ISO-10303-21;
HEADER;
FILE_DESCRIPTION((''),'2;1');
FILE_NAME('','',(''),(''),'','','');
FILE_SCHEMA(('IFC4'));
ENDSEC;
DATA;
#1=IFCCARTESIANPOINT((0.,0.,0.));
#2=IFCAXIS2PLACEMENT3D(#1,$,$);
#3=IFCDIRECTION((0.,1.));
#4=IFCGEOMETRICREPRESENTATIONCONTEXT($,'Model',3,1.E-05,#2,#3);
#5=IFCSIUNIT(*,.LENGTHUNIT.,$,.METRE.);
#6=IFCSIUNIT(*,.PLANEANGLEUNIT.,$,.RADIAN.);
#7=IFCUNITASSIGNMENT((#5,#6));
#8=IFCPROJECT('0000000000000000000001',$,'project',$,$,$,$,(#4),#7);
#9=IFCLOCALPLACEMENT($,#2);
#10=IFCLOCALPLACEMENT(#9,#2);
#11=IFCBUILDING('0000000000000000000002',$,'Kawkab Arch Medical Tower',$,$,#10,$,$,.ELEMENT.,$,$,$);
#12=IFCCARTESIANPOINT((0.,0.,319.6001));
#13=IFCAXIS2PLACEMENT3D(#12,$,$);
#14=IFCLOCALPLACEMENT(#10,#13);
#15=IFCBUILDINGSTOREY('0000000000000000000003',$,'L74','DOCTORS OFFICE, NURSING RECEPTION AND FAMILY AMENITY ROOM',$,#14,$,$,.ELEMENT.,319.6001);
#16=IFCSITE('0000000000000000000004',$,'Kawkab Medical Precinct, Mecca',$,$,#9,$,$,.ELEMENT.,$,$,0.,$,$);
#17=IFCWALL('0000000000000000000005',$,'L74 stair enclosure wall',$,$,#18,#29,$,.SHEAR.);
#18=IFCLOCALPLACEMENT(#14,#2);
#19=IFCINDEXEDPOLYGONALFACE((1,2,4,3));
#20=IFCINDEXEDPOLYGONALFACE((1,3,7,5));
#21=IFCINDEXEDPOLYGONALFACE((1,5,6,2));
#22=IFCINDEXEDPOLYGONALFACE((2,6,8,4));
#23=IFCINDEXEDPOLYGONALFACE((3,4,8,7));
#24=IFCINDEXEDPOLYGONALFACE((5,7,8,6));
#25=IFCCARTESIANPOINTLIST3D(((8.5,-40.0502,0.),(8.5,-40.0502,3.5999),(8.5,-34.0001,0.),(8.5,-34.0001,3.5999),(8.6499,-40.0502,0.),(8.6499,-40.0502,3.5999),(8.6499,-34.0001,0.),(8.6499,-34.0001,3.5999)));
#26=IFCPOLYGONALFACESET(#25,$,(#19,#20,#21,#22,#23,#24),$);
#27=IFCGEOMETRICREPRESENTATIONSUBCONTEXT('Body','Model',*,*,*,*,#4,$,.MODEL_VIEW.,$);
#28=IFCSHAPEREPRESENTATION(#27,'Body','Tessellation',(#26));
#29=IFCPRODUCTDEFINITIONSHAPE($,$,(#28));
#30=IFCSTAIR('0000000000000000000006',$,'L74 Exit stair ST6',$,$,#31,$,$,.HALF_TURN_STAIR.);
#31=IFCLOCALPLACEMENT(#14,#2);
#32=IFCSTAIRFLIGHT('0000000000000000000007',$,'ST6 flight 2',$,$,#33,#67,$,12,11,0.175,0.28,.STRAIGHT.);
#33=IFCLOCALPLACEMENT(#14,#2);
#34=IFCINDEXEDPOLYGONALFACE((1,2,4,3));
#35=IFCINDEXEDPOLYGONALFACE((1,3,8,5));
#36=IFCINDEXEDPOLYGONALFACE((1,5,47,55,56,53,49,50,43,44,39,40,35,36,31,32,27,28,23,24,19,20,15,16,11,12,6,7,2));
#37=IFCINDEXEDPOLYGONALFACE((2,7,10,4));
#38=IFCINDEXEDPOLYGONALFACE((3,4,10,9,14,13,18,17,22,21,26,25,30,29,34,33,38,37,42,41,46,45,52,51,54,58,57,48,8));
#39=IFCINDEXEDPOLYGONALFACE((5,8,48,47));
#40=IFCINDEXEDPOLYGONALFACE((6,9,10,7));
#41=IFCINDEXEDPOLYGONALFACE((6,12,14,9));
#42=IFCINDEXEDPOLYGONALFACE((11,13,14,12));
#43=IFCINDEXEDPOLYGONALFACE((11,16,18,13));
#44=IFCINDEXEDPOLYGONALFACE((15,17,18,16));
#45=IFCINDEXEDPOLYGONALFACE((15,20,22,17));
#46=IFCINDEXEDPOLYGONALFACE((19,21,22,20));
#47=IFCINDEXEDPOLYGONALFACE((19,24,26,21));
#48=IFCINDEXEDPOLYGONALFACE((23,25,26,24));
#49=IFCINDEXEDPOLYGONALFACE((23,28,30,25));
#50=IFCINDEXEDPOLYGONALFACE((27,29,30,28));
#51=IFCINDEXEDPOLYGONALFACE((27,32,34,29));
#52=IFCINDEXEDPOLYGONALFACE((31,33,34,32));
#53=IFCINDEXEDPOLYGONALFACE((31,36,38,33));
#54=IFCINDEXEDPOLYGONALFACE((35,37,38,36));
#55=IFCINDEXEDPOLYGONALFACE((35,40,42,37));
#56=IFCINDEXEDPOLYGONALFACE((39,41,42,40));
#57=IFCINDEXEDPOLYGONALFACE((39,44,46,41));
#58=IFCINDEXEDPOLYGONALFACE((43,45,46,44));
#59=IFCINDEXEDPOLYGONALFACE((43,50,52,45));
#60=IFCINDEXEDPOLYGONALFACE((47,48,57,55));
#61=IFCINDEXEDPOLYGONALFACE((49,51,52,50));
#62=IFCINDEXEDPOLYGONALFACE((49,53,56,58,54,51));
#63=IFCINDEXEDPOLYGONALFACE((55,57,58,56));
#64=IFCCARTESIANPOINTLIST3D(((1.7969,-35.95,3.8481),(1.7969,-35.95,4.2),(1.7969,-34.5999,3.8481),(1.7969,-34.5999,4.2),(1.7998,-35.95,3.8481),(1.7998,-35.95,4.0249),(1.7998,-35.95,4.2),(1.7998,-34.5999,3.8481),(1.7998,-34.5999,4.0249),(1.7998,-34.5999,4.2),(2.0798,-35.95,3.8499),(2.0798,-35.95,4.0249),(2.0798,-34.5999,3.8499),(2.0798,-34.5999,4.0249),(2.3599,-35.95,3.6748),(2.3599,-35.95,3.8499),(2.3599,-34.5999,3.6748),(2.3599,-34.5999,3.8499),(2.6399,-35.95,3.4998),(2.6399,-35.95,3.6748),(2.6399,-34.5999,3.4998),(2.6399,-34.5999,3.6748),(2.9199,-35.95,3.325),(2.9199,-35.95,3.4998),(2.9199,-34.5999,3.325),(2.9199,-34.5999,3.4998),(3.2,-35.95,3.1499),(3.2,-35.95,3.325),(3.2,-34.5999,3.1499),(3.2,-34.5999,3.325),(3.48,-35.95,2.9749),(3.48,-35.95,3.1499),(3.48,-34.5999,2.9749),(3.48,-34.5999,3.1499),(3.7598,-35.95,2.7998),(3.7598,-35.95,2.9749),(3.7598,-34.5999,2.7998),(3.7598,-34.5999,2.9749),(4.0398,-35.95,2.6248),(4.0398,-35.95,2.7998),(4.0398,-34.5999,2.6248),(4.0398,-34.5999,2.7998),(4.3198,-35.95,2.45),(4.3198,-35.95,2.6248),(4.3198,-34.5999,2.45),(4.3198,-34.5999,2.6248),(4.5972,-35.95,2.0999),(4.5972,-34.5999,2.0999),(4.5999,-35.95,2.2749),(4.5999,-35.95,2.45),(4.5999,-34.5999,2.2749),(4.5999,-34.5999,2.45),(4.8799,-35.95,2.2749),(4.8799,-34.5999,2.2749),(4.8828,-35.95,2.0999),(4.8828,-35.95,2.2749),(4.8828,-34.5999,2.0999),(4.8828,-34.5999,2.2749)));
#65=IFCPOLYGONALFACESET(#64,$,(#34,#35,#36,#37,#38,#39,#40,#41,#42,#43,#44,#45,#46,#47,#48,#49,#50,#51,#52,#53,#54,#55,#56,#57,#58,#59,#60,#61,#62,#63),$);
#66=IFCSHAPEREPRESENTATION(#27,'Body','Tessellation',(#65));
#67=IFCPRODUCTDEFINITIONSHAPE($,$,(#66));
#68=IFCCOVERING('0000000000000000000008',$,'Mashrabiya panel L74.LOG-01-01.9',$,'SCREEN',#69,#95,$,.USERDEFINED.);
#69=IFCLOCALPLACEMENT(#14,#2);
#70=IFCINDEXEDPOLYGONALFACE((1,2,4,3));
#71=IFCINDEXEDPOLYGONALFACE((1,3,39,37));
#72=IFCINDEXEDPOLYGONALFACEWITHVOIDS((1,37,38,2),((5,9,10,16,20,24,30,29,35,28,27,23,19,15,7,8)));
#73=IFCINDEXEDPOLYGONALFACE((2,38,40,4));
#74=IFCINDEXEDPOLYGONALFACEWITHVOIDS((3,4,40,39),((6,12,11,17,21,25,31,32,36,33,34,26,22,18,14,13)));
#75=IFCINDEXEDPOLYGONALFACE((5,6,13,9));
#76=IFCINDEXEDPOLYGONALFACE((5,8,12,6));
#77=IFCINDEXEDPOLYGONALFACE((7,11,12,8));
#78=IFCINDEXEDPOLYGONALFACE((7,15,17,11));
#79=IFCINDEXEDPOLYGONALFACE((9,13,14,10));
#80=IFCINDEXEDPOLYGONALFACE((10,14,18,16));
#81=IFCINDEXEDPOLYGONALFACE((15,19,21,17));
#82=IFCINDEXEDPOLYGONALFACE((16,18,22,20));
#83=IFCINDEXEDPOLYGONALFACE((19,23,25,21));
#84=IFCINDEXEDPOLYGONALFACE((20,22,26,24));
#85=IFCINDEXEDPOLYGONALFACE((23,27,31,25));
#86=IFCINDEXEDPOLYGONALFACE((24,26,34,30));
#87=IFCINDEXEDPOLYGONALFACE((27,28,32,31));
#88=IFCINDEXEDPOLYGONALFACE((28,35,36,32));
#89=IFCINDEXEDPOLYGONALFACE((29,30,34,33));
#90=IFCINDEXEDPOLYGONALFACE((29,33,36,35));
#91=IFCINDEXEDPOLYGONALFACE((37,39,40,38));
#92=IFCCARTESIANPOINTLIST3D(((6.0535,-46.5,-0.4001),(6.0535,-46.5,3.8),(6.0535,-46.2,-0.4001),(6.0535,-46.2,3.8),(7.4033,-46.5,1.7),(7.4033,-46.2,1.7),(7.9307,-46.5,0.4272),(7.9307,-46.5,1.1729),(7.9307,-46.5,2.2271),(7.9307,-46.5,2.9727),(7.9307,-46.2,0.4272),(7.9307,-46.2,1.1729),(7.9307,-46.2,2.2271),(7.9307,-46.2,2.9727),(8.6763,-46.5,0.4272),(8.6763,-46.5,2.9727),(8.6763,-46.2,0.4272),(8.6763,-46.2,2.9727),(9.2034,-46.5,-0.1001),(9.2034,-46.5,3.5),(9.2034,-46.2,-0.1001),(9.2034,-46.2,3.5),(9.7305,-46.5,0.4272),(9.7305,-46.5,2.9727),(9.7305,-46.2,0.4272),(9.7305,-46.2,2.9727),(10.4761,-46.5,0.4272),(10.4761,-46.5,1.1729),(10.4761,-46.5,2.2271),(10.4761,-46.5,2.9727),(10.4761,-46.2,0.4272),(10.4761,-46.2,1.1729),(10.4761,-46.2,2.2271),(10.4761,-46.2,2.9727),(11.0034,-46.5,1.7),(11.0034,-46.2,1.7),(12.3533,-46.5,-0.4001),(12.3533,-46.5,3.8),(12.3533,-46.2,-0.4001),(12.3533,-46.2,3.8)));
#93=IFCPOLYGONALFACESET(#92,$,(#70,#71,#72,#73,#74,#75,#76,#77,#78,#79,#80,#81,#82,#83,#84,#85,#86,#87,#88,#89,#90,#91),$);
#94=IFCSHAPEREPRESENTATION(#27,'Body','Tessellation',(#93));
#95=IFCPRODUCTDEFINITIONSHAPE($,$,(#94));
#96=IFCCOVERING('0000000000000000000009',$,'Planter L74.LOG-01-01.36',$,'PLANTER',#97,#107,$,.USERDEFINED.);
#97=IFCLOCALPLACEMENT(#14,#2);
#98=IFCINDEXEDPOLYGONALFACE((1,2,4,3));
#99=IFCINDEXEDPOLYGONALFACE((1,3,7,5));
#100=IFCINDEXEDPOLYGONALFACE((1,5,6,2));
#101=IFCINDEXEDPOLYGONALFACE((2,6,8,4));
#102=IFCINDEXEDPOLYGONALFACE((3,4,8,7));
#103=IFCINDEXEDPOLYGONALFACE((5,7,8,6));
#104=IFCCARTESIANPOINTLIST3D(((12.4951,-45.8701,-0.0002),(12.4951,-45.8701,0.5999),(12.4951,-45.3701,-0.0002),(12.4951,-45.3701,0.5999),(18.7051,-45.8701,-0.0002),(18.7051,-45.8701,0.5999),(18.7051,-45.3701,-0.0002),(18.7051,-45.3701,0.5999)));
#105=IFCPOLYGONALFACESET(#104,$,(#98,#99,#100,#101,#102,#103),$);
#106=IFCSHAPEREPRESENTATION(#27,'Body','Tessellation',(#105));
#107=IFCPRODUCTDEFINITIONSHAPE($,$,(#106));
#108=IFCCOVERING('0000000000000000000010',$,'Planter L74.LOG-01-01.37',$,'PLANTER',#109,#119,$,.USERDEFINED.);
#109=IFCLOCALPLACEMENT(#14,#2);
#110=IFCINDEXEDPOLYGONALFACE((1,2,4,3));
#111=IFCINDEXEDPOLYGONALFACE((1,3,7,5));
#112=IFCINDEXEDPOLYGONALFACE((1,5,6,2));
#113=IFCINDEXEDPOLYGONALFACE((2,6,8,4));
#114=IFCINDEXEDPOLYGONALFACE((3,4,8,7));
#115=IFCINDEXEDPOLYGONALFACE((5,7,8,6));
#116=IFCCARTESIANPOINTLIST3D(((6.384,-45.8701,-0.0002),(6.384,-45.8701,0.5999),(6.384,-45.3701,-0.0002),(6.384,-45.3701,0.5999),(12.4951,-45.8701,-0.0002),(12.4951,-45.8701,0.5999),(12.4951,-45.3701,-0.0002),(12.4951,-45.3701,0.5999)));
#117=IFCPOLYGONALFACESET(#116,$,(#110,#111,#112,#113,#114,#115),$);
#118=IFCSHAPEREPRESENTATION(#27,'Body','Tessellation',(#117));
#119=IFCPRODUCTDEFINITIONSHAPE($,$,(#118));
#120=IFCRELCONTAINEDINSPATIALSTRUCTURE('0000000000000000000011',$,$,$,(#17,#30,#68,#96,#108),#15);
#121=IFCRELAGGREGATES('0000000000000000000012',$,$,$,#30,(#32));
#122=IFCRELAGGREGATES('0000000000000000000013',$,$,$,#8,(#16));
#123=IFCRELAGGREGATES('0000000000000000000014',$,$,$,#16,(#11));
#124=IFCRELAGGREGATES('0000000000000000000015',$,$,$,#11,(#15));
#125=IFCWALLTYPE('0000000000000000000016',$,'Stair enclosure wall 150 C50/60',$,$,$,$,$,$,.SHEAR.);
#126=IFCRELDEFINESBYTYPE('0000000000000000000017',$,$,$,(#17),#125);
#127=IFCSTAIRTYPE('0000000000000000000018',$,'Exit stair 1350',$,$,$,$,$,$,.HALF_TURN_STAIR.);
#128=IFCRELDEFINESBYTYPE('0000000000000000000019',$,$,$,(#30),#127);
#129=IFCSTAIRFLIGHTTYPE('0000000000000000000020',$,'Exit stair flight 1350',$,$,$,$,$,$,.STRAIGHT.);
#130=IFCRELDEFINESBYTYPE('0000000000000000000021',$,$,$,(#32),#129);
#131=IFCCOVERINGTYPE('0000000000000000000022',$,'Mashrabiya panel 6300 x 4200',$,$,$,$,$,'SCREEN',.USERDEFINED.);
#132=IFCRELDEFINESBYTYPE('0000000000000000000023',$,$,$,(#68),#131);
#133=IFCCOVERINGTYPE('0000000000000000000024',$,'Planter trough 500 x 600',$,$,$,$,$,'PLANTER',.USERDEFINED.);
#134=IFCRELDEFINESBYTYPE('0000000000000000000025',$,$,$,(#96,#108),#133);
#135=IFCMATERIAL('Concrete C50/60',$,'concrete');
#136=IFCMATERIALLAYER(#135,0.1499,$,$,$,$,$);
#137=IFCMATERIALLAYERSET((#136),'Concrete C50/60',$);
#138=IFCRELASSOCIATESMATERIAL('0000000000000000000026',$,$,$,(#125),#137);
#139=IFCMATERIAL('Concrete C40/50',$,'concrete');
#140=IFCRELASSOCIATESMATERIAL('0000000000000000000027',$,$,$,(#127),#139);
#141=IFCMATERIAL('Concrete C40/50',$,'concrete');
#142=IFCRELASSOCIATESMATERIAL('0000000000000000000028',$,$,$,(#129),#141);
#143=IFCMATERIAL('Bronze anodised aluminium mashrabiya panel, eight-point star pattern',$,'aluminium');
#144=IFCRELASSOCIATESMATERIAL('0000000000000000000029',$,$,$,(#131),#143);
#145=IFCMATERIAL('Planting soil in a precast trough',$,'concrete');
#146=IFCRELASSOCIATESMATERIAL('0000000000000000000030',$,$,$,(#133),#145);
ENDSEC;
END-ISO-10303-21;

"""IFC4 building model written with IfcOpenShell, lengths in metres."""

from ifc_helpers import new_model, si_unit, direction, frame, frame_2d, origin, origin_2d, place, context, subcontext, project, spatial, polyline, rectangle, outline, extrude, material, layer, layer_set, material_profile, profile_set, type_object, element, aggregate, save


model = new_model("IFC4")

# Units and contexts
model_context = context("Model", 3, precision=1e-05, world=origin(), true_north=direction((0.0, 1.0)))
body_context = subcontext(model_context, "Body", "Model", "MODEL_VIEW")
ifc_project = project(units=[si_unit("LENGTHUNIT", "METRE"), si_unit("PLANEANGLEUNIT", "RADIAN")], contexts=[model_context])

# Site, building, storey
site_placement = place(None, origin())
site = spatial("IfcSite", under=ifc_project, at=site_placement, Name="Kawkab Medical Precinct, Mecca", CompositionType="ELEMENT", RefElevation=0.0)
building_placement = place(site_placement, origin())
building = spatial("IfcBuilding", under=site, at=building_placement, Name="Kawkab Arch Medical Tower", CompositionType="ELEMENT")
storey_placement = place(building_placement, frame((0.0, 0.0, 319.6001)))
storey = spatial("IfcBuildingStorey", under=building, at=storey_placement, Name="L74", Description="DOCTORS OFFICE, NURSING RECEPTION AND FAMILY AMENITY ROOM", CompositionType="ELEMENT", Elevation=319.6001)

# Shared definitions
placement = place(storey_placement, origin())

# Wall
ifc_material_1 = material(Name="Concrete C50/60", Category="concrete")
ifc_layer_1 = layer(ifc_material_1, 0.1499)
ifc_layer_set_1 = layer_set([ifc_layer_1], Name="Concrete C50/60")
wall_type_1 = type_object("IfcWallType", Name="Stair enclosure wall 150 C50/60", PredefinedType="SHEAR", material=ifc_layer_set_1)
wall_1_placement = place(storey_placement, frame((8.575, -40.05, 0.0), z_axis=(0.0, 0.0, 1.0), x_axis=(0.0, 1.0, 0.0)))
element("IfcWall", 1, at=wall_1_placement, inside=storey, type_object=wall_type_1, Name="L74 stair enclosure wall", PredefinedType="SHEAR", context=body_context, shape_type="SweptSolid", body=[
    extrude(rectangle(XDim=6.05, YDim=0.1499, at=frame_2d((3.0249, 0.0))), origin(), (0.0, 0.0, 1.0), 3.5999),
])

# Stair, stair flight
ifc_material_2 = material(Name="Concrete C40/50", Category="concrete")
stair_type = type_object("IfcStairType", Name="Exit stair 1350", PredefinedType="HALF_TURN_STAIR", material=ifc_material_2)
stair = element("IfcStair", 2, at=placement, inside=storey, type_object=stair_type, Name="L74 Exit stair ST6", PredefinedType="HALF_TURN_STAIR")
ifc_material_3 = material(Name="Concrete C40/50", Category="concrete")
stair_flight_type = type_object("IfcStairFlightType", Name="Exit stair flight 1350", PredefinedType="STRAIGHT", material=ifc_material_3)
stair_flight_placement = place(storey_placement, frame((4.8799, -35.2749, 2.0999), z_axis=(0.0, 0.0, 1.0), x_axis=(-1.0, 0.0, 0.0)))
stair_flight = element("IfcStairFlight", 3, at=stair_flight_placement, type_object=stair_flight_type, Name="ST6 flight 2", NumberOfRisers=12, NumberOfTreads=11, PredefinedType="STRAIGHT", RiserHeight=0.175, TreadLength=0.28, context=body_context, shape_type="SweptSolid", body=[
    extrude(outline(polyline([(-0.0029, 0.0), (-0.0029, 0.175), (0.0, 0.175), (0.28, 0.175), (0.28, 0.3501), (0.5601, 0.3501), (0.5601, 0.5249), (0.8401, 0.5249), (0.8401, 0.7), (1.1201, 0.7), (1.1201, 0.875), (1.3999, 0.875), (1.3999, 1.05), (1.6799, 1.05), (1.6799, 1.2251), (1.96, 1.2251), (1.96, 1.3999), (2.24, 1.3999), (2.24, 1.575), (2.52, 1.575), (2.52, 1.75), (2.8, 1.75), (2.8, 1.925), (3.0801, 1.925), (3.0801, 2.1001), (3.083, 2.1001), (3.083, 1.7483), (3.0801, 1.7483), (0.2827, 0.0), (-0.0029, 0.0)])), frame((0.0, 0.675, 0.0), z_axis=(0.0, -1.0, 0.0), x_axis=(1.0, 0.0, 0.0)), (0.0, 0.0, 1.0), 1.3501),
])
aggregate(stair, [stair_flight])

# Coverings
ifc_material_4 = material(Name="Bronze anodised aluminium mashrabiya panel, eight-point star pattern", Category="aluminium")
ifc_material_profile_1 = material_profile(ifc_material_4, outline(polyline([(-3.1499, -2.1001), (3.1499, -2.1001), (3.1499, 2.1001), (-3.1499, 2.1001), (-3.1499, -2.1001)]), holes=[polyline([(1.8, 0.0), (1.2727, 0.5271), (1.2727, 1.2727), (0.5271, 1.2727), (0.0, 1.8), (-0.5271, 1.2727), (-1.2727, 1.2727), (-1.2727, 0.5271), (-1.8, 0.0), (-1.2727, -0.5271), (-1.2727, -1.2727), (-0.5271, -1.2727), (0.0, -1.8), (0.5271, -1.2727), (1.2727, -1.2727), (1.2727, -0.5271), (1.8, 0.0)])]), Name="Mashrabiya panel 6300x4200")
ifc_profile_set_1 = profile_set([ifc_material_profile_1], Name="Bronze anodised aluminium mashrabiya panel, eight-point star pattern")
covering_type_1 = type_object("IfcCoveringType", Name="Mashrabiya panel 6300 x 4200", ElementType="SCREEN", PredefinedType="USERDEFINED", material=ifc_profile_set_1)
covering_1_placement = place(storey_placement, frame((9.2034, -46.2, 1.7), z_axis=(0.0, -1.0, 0.0), x_axis=(1.0, 0.0, 0.0)))
element("IfcCovering", 4, at=covering_1_placement, inside=storey, type_object=covering_type_1, Name="Mashrabiya panel L74.LOG-01-01.9", ObjectType="SCREEN", PredefinedType="USERDEFINED", context=body_context, shape_type="SweptSolid", body=[
    extrude(outline(polyline([(-3.1499, -2.1001), (3.1499, -2.1001), (3.1499, 2.1001), (-3.1499, 2.1001), (-3.1499, -2.1001)]), holes=[polyline([(1.8, 0.0), (1.2727, 0.5271), (1.2727, 1.2727), (0.5271, 1.2727), (0.0, 1.8), (-0.5271, 1.2727), (-1.2727, 1.2727), (-1.2727, 0.5271), (-1.8, 0.0), (-1.2727, -0.5271), (-1.2727, -1.2727), (-0.5271, -1.2727), (0.0, -1.8), (0.5271, -1.2727), (1.2727, -1.2727), (1.2727, -0.5271), (1.8, 0.0)])]), origin(), (0.0, 0.0, 1.0), 0.3),
])
ifc_material_5 = material(Name="Planting soil in a precast trough", Category="concrete")
ifc_material_profile_2 = material_profile(ifc_material_5, rectangle(XDim=0.5, YDim=0.6001, at=origin_2d()), Name="Trough 500x600")
ifc_profile_set_2 = profile_set([ifc_material_profile_2], Name="Planting soil in a precast trough")
covering_type_2 = type_object("IfcCoveringType", Name="Planter trough 500 x 600", ElementType="PLANTER", PredefinedType="USERDEFINED", material=ifc_profile_set_2)
covering_2_placement = place(storey_placement, frame((18.7051, -45.6201, 0.2998), z_axis=(-1.0, 0.0, 0.0), x_axis=(0.0, -1.0, 0.0)))
element("IfcCovering", 5, at=covering_2_placement, inside=storey, type_object=covering_type_2, Name="Planter L74.LOG-01-01.36", ObjectType="PLANTER", PredefinedType="USERDEFINED", context=body_context, shape_type="SweptSolid", body=[
    extrude(rectangle(XDim=0.5, YDim=0.6001, at=origin_2d()), origin(), (0.0, 0.0, 1.0), 6.21),
])
covering_3_placement = place(storey_placement, frame((12.4951, -45.6201, 0.2998), z_axis=(-1.0, 0.0, 0.0), x_axis=(0.0, -1.0, 0.0)))
element("IfcCovering", 6, at=covering_3_placement, inside=storey, type_object=covering_type_2, Name="Planter L74.LOG-01-01.37", ObjectType="PLANTER", PredefinedType="USERDEFINED", context=body_context, shape_type="SweptSolid", body=[
    extrude(rectangle(XDim=0.5, YDim=0.6001, at=origin_2d()), origin(), (0.0, 0.0, 1.0), 6.1111),
])

save(model, "model.ifc")
